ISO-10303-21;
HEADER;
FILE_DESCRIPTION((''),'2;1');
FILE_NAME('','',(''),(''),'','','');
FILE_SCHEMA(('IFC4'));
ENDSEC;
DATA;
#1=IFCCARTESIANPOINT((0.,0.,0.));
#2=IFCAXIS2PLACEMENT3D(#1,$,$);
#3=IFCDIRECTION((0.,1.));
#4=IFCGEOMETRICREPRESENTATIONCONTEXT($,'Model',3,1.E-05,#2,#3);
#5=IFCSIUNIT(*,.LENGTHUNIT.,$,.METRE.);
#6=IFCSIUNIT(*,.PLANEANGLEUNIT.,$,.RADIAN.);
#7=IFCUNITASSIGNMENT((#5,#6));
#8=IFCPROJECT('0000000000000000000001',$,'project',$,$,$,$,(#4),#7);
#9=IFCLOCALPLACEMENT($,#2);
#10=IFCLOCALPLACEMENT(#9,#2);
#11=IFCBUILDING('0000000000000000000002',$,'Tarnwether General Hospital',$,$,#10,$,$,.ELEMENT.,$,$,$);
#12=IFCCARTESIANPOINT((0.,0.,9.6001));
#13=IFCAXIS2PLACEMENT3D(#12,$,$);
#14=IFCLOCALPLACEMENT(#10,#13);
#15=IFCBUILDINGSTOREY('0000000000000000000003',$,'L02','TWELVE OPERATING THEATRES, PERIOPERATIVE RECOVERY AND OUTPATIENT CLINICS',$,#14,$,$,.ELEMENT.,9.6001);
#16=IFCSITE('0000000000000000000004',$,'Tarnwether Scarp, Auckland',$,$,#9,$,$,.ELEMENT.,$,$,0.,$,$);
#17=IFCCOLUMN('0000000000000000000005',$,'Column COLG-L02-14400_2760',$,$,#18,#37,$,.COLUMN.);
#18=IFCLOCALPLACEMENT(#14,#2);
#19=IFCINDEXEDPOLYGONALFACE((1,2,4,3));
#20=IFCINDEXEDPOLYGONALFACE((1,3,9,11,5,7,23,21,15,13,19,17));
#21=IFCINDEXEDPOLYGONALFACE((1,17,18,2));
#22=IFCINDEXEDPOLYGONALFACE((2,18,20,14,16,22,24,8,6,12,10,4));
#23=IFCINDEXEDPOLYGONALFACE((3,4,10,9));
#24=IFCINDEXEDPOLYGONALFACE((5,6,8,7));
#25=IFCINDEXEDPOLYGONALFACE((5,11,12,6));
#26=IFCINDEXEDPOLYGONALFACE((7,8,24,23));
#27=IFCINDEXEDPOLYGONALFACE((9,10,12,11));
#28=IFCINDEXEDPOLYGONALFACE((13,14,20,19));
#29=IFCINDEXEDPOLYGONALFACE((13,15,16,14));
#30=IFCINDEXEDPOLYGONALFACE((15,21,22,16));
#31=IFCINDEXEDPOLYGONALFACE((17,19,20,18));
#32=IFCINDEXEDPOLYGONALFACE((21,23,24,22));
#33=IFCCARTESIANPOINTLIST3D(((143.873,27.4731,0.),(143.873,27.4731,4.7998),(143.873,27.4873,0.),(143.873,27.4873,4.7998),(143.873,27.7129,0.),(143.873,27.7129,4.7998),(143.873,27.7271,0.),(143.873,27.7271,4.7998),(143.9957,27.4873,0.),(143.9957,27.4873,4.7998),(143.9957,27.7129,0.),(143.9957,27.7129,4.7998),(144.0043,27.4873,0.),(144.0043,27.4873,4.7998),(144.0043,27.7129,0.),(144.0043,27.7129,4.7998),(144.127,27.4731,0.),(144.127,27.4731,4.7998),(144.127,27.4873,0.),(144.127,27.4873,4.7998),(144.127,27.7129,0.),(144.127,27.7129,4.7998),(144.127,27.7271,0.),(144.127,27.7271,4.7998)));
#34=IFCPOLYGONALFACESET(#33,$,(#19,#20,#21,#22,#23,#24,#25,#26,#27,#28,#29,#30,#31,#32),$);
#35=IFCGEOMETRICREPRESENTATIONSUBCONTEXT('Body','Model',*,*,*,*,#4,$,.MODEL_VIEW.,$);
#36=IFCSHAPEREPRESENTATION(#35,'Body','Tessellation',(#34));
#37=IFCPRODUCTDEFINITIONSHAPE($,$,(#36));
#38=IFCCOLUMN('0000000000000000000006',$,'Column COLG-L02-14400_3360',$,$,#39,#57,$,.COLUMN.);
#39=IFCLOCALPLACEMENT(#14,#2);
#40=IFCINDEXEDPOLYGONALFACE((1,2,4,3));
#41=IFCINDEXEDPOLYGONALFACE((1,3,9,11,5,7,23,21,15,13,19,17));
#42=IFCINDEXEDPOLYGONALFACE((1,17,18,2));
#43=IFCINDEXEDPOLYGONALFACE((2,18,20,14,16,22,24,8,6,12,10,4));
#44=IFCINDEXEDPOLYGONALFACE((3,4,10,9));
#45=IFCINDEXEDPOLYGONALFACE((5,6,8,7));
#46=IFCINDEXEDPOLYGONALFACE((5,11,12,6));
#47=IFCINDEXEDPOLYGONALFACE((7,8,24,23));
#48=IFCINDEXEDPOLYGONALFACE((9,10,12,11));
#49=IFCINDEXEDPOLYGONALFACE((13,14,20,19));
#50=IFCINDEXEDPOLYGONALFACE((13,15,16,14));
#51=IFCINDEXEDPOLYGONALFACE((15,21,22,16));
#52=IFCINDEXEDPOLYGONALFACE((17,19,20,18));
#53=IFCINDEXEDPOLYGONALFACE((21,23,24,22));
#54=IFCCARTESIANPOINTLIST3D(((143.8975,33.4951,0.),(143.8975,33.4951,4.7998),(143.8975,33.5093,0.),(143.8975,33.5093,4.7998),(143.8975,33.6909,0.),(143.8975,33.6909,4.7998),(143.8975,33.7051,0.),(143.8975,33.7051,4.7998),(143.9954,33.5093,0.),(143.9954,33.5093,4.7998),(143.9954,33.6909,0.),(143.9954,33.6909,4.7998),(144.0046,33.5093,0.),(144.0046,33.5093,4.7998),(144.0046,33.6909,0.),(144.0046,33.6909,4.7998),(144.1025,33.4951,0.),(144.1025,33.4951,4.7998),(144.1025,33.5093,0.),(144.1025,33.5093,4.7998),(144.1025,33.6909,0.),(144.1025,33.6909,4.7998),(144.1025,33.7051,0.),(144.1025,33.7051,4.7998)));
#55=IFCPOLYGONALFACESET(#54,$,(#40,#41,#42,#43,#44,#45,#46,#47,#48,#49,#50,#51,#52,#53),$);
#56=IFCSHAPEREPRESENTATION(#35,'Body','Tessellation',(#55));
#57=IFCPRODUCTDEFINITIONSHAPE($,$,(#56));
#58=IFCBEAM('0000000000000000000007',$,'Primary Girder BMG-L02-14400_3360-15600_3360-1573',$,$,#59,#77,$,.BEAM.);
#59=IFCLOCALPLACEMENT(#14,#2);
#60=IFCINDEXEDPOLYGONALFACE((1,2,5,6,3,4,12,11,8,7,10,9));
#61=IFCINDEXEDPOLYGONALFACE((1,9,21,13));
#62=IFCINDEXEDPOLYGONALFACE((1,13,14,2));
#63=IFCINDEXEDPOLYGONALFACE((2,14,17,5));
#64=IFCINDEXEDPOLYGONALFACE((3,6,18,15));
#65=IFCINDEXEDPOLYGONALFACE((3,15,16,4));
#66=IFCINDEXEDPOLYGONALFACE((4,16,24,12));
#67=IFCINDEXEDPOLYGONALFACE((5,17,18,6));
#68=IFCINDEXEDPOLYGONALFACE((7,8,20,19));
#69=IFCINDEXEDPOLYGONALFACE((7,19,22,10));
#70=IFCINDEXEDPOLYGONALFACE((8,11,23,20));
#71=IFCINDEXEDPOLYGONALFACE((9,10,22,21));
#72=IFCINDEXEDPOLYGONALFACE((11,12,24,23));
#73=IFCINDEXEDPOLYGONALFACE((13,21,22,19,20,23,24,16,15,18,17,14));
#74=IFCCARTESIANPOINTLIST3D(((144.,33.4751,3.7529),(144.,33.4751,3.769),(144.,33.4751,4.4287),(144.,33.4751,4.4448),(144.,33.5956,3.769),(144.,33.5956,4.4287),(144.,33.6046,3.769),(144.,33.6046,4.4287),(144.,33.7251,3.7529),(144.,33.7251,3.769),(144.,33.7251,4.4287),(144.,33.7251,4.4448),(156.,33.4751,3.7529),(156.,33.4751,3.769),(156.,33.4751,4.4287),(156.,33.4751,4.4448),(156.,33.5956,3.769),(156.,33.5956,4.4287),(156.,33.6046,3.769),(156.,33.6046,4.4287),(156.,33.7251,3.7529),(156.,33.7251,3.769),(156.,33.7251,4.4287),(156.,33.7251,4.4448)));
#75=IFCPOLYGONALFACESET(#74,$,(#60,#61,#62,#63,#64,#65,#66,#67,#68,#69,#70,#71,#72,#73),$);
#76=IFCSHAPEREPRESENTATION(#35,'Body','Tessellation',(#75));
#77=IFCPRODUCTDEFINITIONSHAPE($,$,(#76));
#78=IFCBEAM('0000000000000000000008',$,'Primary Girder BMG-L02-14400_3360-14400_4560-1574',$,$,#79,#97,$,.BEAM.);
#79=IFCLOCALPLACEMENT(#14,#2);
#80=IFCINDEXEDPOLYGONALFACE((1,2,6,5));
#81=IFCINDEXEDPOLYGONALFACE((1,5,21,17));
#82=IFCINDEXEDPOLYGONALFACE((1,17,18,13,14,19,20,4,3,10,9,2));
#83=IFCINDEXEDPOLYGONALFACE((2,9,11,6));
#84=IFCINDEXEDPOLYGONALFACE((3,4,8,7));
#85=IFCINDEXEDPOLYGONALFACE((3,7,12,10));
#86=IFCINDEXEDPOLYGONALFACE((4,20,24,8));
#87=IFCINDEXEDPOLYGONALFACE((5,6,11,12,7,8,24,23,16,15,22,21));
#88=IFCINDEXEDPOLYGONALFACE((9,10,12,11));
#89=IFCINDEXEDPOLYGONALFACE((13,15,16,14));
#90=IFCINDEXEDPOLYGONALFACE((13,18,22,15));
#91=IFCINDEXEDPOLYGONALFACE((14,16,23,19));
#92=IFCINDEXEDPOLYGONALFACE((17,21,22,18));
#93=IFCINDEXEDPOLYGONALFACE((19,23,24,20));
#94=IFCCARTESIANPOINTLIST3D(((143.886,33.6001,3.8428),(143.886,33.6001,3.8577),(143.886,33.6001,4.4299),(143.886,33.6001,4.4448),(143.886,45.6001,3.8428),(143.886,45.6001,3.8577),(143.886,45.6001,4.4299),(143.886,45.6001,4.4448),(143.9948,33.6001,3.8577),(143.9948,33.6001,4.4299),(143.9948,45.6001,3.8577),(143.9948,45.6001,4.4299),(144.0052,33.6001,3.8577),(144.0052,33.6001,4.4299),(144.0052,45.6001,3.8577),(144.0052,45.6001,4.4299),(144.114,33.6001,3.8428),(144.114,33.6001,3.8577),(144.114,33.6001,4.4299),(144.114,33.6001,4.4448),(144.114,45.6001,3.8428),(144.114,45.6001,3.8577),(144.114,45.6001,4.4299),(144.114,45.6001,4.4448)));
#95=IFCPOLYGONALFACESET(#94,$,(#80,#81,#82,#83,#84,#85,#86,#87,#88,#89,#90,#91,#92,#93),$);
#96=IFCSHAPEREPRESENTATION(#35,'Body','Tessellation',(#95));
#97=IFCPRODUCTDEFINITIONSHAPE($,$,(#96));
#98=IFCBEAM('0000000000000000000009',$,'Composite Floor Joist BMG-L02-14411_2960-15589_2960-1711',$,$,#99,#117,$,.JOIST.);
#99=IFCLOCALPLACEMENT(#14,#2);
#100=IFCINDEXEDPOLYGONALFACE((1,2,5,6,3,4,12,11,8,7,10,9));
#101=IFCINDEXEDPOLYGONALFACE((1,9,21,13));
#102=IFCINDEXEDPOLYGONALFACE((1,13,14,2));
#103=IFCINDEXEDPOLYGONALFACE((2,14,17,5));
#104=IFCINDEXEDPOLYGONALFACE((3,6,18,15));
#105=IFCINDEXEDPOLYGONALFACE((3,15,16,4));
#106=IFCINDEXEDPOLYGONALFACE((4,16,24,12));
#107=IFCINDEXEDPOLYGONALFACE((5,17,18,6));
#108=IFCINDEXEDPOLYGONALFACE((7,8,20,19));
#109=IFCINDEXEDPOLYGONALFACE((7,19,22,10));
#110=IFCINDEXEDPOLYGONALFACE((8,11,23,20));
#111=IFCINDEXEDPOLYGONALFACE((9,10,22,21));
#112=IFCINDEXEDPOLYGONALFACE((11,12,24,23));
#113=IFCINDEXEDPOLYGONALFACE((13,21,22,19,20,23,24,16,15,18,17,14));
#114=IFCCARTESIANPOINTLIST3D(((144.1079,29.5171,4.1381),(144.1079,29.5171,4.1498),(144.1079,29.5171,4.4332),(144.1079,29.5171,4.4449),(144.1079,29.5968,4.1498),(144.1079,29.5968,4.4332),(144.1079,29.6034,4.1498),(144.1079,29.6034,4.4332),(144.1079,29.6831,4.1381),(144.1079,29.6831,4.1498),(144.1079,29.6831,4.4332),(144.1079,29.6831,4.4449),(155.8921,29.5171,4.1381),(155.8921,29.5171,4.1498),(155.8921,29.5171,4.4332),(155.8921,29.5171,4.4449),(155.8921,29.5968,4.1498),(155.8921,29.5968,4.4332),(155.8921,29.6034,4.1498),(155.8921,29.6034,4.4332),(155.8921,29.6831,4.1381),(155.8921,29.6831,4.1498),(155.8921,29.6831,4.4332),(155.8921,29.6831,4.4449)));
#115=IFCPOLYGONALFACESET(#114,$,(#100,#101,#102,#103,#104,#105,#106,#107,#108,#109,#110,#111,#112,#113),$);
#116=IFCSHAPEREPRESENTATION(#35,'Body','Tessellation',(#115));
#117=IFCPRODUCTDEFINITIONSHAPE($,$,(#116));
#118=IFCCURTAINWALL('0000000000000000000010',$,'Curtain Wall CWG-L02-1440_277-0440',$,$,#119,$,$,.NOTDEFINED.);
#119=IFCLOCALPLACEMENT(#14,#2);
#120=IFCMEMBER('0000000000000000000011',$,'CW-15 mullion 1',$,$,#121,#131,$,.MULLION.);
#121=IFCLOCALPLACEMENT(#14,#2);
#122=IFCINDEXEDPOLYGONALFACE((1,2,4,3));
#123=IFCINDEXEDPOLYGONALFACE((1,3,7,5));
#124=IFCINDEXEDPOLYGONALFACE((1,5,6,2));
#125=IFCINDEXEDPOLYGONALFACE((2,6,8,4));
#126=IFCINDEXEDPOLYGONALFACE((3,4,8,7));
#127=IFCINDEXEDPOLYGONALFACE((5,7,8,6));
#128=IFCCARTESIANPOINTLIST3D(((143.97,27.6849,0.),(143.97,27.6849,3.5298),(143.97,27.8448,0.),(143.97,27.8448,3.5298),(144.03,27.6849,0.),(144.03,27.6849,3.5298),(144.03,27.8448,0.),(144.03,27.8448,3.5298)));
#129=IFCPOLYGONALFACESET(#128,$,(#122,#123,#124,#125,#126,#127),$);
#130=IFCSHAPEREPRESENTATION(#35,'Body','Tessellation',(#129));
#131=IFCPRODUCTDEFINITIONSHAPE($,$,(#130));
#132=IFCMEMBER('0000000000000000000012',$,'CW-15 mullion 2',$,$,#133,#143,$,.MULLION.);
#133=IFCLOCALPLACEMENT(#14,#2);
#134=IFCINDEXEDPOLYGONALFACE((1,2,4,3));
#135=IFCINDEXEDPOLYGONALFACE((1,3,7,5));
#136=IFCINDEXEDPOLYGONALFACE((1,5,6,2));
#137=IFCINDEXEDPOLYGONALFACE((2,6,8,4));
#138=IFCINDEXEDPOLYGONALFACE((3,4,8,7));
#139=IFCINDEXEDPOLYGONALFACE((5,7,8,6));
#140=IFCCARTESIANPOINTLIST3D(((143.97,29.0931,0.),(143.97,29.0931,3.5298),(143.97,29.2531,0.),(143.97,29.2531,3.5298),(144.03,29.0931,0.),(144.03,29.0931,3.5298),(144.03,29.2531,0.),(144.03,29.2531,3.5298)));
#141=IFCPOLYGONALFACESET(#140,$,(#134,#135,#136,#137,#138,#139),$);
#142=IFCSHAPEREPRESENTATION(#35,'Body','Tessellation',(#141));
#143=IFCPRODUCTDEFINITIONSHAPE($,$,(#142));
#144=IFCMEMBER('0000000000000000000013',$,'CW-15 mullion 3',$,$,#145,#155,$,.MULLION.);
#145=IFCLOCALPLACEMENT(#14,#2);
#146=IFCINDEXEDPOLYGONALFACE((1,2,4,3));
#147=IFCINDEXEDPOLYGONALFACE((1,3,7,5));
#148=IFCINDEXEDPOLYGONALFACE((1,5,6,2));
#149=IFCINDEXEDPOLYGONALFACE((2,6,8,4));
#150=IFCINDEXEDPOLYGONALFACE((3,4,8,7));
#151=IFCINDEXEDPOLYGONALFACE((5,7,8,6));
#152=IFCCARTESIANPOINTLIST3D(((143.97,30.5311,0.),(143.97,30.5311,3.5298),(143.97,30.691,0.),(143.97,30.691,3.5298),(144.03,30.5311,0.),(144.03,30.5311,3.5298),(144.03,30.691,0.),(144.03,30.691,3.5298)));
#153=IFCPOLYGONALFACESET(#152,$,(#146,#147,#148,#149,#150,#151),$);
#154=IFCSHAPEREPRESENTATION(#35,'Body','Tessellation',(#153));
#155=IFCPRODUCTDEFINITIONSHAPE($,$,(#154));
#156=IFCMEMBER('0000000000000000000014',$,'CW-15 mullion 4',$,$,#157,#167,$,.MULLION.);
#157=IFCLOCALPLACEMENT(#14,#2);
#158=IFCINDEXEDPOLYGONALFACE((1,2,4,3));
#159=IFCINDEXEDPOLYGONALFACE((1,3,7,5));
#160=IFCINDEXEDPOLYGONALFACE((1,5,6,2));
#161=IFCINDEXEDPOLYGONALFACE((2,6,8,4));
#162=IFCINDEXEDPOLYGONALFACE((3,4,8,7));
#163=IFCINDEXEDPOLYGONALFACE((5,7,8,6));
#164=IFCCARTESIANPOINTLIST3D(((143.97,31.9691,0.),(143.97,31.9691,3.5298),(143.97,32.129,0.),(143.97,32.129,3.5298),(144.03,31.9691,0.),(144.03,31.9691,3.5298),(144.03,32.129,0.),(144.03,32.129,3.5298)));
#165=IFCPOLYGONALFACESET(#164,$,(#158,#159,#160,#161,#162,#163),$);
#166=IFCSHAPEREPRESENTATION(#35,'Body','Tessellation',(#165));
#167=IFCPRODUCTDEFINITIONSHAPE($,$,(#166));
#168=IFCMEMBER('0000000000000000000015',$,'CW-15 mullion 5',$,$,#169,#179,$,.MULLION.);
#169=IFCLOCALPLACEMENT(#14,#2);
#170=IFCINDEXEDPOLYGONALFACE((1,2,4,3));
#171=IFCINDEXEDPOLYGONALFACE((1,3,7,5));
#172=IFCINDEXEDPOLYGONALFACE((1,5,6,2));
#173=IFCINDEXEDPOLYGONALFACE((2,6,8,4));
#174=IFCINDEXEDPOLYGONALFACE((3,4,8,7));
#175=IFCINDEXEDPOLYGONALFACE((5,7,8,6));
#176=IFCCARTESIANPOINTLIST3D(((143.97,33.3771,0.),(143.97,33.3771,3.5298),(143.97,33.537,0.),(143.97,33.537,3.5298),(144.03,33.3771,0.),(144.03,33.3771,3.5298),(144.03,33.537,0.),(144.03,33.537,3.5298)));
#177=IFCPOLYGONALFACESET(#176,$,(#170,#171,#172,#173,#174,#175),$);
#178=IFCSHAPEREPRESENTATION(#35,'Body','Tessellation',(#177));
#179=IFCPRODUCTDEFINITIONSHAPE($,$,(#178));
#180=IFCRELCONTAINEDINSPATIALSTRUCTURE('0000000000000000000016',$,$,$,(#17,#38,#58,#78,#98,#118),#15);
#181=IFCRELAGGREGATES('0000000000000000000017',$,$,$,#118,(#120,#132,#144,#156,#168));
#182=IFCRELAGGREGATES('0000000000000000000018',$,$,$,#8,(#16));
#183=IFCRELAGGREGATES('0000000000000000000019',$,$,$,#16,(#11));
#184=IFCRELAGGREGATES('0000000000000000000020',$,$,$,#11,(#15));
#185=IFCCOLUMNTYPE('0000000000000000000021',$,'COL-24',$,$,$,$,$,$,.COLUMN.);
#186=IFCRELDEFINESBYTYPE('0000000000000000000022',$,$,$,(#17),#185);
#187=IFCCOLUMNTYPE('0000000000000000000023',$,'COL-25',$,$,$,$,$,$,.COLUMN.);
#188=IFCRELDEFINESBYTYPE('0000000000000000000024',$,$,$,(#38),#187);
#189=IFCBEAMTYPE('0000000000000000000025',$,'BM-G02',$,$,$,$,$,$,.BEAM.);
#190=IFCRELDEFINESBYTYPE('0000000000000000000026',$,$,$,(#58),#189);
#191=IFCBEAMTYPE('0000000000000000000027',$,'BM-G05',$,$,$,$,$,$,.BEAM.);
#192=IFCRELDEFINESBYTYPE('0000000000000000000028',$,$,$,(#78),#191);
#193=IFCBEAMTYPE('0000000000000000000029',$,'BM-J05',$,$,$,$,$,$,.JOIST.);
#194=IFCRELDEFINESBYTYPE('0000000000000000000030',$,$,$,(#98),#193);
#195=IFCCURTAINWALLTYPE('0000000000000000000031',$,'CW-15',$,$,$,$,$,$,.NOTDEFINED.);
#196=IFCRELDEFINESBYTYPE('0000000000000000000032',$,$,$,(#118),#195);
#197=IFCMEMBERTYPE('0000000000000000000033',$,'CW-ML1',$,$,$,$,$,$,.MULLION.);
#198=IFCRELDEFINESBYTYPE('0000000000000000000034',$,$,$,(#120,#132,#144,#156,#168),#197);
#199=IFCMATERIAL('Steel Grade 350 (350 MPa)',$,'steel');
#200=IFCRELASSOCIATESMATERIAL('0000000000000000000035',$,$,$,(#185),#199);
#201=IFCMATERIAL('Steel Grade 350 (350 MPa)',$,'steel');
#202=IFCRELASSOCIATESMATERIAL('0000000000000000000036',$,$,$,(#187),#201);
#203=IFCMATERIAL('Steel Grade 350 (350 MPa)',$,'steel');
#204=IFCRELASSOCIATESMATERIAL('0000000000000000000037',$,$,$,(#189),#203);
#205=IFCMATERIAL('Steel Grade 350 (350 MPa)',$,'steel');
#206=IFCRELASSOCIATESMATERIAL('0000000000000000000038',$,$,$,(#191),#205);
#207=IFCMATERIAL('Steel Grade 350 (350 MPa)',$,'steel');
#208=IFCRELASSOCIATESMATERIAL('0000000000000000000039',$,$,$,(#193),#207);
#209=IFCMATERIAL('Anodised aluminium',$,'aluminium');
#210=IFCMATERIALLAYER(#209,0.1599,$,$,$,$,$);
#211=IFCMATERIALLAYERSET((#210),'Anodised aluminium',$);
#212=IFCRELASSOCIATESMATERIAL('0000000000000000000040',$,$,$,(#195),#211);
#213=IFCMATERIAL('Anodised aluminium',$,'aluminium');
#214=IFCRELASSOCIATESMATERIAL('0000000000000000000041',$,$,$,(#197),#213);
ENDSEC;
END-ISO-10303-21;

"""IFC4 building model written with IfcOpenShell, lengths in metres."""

from ifc_helpers import new_model, si_unit, direction, frame, origin, origin_2d, place, context, subcontext, project, spatial, rectangle, i_section, extrude, material, layer, layer_set, material_profile, profile_set, type_object, element, aggregate, save


model = new_model("IFC4")

# Units and contexts
model_context = context("Model", 3, precision=1e-05, world=origin(), true_north=direction((0.0, 1.0)))
body_context = subcontext(model_context, "Body", "Model", "MODEL_VIEW")
ifc_project = project(units=[si_unit("LENGTHUNIT", "METRE"), si_unit("PLANEANGLEUNIT", "RADIAN")], contexts=[model_context])

# Site, building, storey
site_placement = place(None, origin())
site = spatial("IfcSite", under=ifc_project, at=site_placement, Name="Tarnwether Scarp, Auckland", CompositionType="ELEMENT", RefElevation=0.0)
building_placement = place(site_placement, origin())
building = spatial("IfcBuilding", under=site, at=building_placement, Name="Tarnwether General Hospital", CompositionType="ELEMENT")
storey_placement = place(building_placement, frame((0.0, 0.0, 9.6001)))
storey = spatial("IfcBuildingStorey", under=building, at=storey_placement, Name="L02", Description="TWELVE OPERATING THEATRES, PERIOPERATIVE RECOVERY AND OUTPATIENT CLINICS", CompositionType="ELEMENT", Elevation=9.6001)

# Columns
ifc_material_1 = material(Name="Steel Grade 350 (350 MPa)", Category="steel")
ifc_material_profile_1 = material_profile(ifc_material_1, i_section(OverallWidth=0.2539, OverallDepth=0.2539, WebThickness=0.0085, FlangeThickness=0.0142, at=origin_2d()), Name="250UC72.9")
ifc_profile_set_1 = profile_set([ifc_material_profile_1], Name="Steel Grade 350 (350 MPa)")
column_type_1 = type_object("IfcColumnType", Name="COL-24", PredefinedType="COLUMN", material=ifc_profile_set_1)
column_1_placement = place(storey_placement, frame((144.0, 27.6001, 0.0), z_axis=(0.0, 0.0, 1.0), x_axis=(1.0, 0.0, 0.0)))
element("IfcColumn", 1, at=column_1_placement, inside=storey, type_object=column_type_1, Name="Column COLG-L02-14400_2760", PredefinedType="COLUMN", context=body_context, shape_type="SweptSolid", body=[
    extrude(i_section(OverallWidth=0.2539, OverallDepth=0.2539, WebThickness=0.0085, FlangeThickness=0.0142, at=origin_2d()), origin(), (0.0, 0.0, 1.0), 4.7998),
])
ifc_material_2 = material(Name="Steel Grade 350 (350 MPa)", Category="steel")
ifc_material_profile_2 = material_profile(ifc_material_2, i_section(OverallWidth=0.2051, OverallDepth=0.21, WebThickness=0.0093, FlangeThickness=0.0142, at=origin_2d()), Name="200UC59.5")
ifc_profile_set_2 = profile_set([ifc_material_profile_2], Name="Steel Grade 350 (350 MPa)")
column_type_2 = type_object("IfcColumnType", Name="COL-25", PredefinedType="COLUMN", material=ifc_profile_set_2)
column_2_placement = place(storey_placement, frame((144.0, 33.6001, 0.0), z_axis=(0.0, 0.0, 1.0), x_axis=(1.0, 0.0, 0.0)))
element("IfcColumn", 2, at=column_2_placement, inside=storey, type_object=column_type_2, Name="Column COLG-L02-14400_3360", PredefinedType="COLUMN", context=body_context, shape_type="SweptSolid", body=[
    extrude(i_section(OverallWidth=0.2051, OverallDepth=0.21, WebThickness=0.0093, FlangeThickness=0.0142, at=origin_2d()), origin(), (0.0, 0.0, 1.0), 4.7998),
])

# Beams
ifc_material_3 = material(Name="Steel Grade 350 (350 MPa)", Category="steel")
ifc_material_profile_3 = material_profile(ifc_material_3, i_section(OverallWidth=0.25, OverallDepth=0.6919, WebThickness=0.009, FlangeThickness=0.0161, at=origin_2d()), Name="700WB115")
ifc_profile_set_3 = profile_set([ifc_material_profile_3], Name="Steel Grade 350 (350 MPa)")
beam_type_1 = type_object("IfcBeamType", Name="BM-G02", PredefinedType="BEAM", material=ifc_profile_set_3)
beam_1_placement = place(storey_placement, frame((144.0, 33.6001, 4.0989), z_axis=(1.0, 0.0, 0.0), x_axis=(0.0, 1.0, 0.0)))
element("IfcBeam", 3, at=beam_1_placement, inside=storey, type_object=beam_type_1, Name="Primary Girder BMG-L02-14400_3360-15600_3360-1573", PredefinedType="BEAM", context=body_context, shape_type="SweptSolid", body=[
    extrude(i_section(OverallWidth=0.25, OverallDepth=0.6919, WebThickness=0.009, FlangeThickness=0.0161, at=origin_2d()), origin(), (0.0, 0.0, 1.0), 12.0),
])
ifc_material_4 = material(Name="Steel Grade 350 (350 MPa)", Category="steel")
ifc_material_profile_4 = material_profile(ifc_material_4, i_section(OverallWidth=0.228, OverallDepth=0.6021, WebThickness=0.0105, FlangeThickness=0.0149, at=origin_2d()), Name="610UB101")
ifc_profile_set_4 = profile_set([ifc_material_profile_4], Name="Steel Grade 350 (350 MPa)")
beam_type_2 = type_object("IfcBeamType", Name="BM-G05", PredefinedType="BEAM", material=ifc_profile_set_4)
beam_2_placement = place(storey_placement, frame((144.0, 33.6001, 4.1438), z_axis=(0.0, 1.0, 0.0), x_axis=(-1.0, 0.0, 0.0)))
element("IfcBeam", 4, at=beam_2_placement, inside=storey, type_object=beam_type_2, Name="Primary Girder BMG-L02-14400_3360-14400_4560-1574", PredefinedType="BEAM", context=body_context, shape_type="SweptSolid", body=[
    extrude(i_section(OverallWidth=0.228, OverallDepth=0.6021, WebThickness=0.0105, FlangeThickness=0.0149, at=origin_2d()), origin(), (0.0, 0.0, 1.0), 12.0),
])
ifc_material_5 = material(Name="Steel Grade 350 (350 MPa)", Category="steel")
ifc_material_profile_5 = material_profile(ifc_material_5, i_section(OverallWidth=0.166, OverallDepth=0.3069, WebThickness=0.0066, FlangeThickness=0.0117, at=origin_2d()), Name="310UB46.2")
ifc_profile_set_5 = profile_set([ifc_material_profile_5], Name="Steel Grade 350 (350 MPa)")
beam_type_3 = type_object("IfcBeamType", Name="BM-J05", PredefinedType="JOIST", material=ifc_profile_set_5)
beam_3_placement = place(storey_placement, frame((144.1079, 29.6001, 4.2915), z_axis=(1.0, 0.0, 0.0), x_axis=(0.0, 1.0, 0.0)))
element("IfcBeam", 5, at=beam_3_placement, inside=storey, type_object=beam_type_3, Name="Composite Floor Joist BMG-L02-14411_2960-15589_2960-1711", PredefinedType="JOIST", context=body_context, shape_type="SweptSolid", body=[
    extrude(i_section(OverallWidth=0.166, OverallDepth=0.3069, WebThickness=0.0066, FlangeThickness=0.0117, at=origin_2d()), origin(), (0.0, 0.0, 1.0), 11.7842),
])

# Curtain wall, members
ifc_material_6 = material(Name="Anodised aluminium", Category="aluminium")
ifc_layer_1 = layer(ifc_material_6, 0.1599)
ifc_layer_set_1 = layer_set([ifc_layer_1], Name="Anodised aluminium")
curtain_wall_type_1 = type_object("IfcCurtainWallType", Name="CW-15", PredefinedType="NOTDEFINED", material=ifc_layer_set_1)
curtain_wall_1_placement = place(storey_placement, origin())
curtain_wall_1 = element("IfcCurtainWall", 6, at=curtain_wall_1_placement, inside=storey, type_object=curtain_wall_type_1, Name="Curtain Wall CWG-L02-1440_277-0440", PredefinedType="NOTDEFINED")
ifc_material_7 = material(Name="Anodised aluminium", Category="aluminium")
ifc_material_profile_6 = material_profile(ifc_material_7, rectangle(XDim=0.0601, YDim=0.1599, at=origin_2d()), Name="ALU-MUL-60x160")
ifc_profile_set_6 = profile_set([ifc_material_profile_6], Name="Anodised aluminium")
member_type_1 = type_object("IfcMemberType", Name="CW-ML1", PredefinedType="MULLION", material=ifc_profile_set_6)
member_1_placement = place(storey_placement, frame((144.0, 27.7649, 0.0), z_axis=(0.0, 0.0, 1.0), x_axis=(-1.0, 0.0, 0.0)))
member_1 = element("IfcMember", 7, at=member_1_placement, type_object=member_type_1, Name="CW-15 mullion 1", PredefinedType="MULLION", context=body_context, shape_type="SweptSolid", body=[
    extrude(rectangle(XDim=0.0601, YDim=0.1599, at=origin_2d()), origin(), (0.0, 0.0, 1.0), 3.5298),
])
member_2_placement = place(storey_placement, frame((144.0, 29.1731, 0.0), z_axis=(0.0, 0.0, 1.0), x_axis=(-1.0, 0.0, 0.0)))
member_2 = element("IfcMember", 8, at=member_2_placement, type_object=member_type_1, Name="CW-15 mullion 2", PredefinedType="MULLION", context=body_context, shape_type="SweptSolid", body=[
    extrude(rectangle(XDim=0.0601, YDim=0.1599, at=origin_2d()), origin(), (0.0, 0.0, 1.0), 3.5298),
])
member_3_placement = place(storey_placement, frame((144.0, 30.6111, 0.0), z_axis=(0.0, 0.0, 1.0), x_axis=(-1.0, 0.0, 0.0)))
member_3 = element("IfcMember", 9, at=member_3_placement, type_object=member_type_1, Name="CW-15 mullion 3", PredefinedType="MULLION", context=body_context, shape_type="SweptSolid", body=[
    extrude(rectangle(XDim=0.0601, YDim=0.1599, at=origin_2d()), origin(), (0.0, 0.0, 1.0), 3.5298),
])
member_4_placement = place(storey_placement, frame((144.0, 32.0491, 0.0), z_axis=(0.0, 0.0, 1.0), x_axis=(-1.0, 0.0, 0.0)))
member_4 = element("IfcMember", 10, at=member_4_placement, type_object=member_type_1, Name="CW-15 mullion 4", PredefinedType="MULLION", context=body_context, shape_type="SweptSolid", body=[
    extrude(rectangle(XDim=0.0601, YDim=0.1599, at=origin_2d()), origin(), (0.0, 0.0, 1.0), 3.5298),
])
member_5_placement = place(storey_placement, frame((144.0, 33.457, 0.0), z_axis=(0.0, 0.0, 1.0), x_axis=(-1.0, 0.0, 0.0)))
member_5 = element("IfcMember", 11, at=member_5_placement, type_object=member_type_1, Name="CW-15 mullion 5", PredefinedType="MULLION", context=body_context, shape_type="SweptSolid", body=[
    extrude(rectangle(XDim=0.0601, YDim=0.1599, at=origin_2d()), origin(), (0.0, 0.0, 1.0), 3.5298),
])

aggregate(curtain_wall_1, [member_1, member_2, member_3, member_4, member_5])

save(model, "model.ifc")
